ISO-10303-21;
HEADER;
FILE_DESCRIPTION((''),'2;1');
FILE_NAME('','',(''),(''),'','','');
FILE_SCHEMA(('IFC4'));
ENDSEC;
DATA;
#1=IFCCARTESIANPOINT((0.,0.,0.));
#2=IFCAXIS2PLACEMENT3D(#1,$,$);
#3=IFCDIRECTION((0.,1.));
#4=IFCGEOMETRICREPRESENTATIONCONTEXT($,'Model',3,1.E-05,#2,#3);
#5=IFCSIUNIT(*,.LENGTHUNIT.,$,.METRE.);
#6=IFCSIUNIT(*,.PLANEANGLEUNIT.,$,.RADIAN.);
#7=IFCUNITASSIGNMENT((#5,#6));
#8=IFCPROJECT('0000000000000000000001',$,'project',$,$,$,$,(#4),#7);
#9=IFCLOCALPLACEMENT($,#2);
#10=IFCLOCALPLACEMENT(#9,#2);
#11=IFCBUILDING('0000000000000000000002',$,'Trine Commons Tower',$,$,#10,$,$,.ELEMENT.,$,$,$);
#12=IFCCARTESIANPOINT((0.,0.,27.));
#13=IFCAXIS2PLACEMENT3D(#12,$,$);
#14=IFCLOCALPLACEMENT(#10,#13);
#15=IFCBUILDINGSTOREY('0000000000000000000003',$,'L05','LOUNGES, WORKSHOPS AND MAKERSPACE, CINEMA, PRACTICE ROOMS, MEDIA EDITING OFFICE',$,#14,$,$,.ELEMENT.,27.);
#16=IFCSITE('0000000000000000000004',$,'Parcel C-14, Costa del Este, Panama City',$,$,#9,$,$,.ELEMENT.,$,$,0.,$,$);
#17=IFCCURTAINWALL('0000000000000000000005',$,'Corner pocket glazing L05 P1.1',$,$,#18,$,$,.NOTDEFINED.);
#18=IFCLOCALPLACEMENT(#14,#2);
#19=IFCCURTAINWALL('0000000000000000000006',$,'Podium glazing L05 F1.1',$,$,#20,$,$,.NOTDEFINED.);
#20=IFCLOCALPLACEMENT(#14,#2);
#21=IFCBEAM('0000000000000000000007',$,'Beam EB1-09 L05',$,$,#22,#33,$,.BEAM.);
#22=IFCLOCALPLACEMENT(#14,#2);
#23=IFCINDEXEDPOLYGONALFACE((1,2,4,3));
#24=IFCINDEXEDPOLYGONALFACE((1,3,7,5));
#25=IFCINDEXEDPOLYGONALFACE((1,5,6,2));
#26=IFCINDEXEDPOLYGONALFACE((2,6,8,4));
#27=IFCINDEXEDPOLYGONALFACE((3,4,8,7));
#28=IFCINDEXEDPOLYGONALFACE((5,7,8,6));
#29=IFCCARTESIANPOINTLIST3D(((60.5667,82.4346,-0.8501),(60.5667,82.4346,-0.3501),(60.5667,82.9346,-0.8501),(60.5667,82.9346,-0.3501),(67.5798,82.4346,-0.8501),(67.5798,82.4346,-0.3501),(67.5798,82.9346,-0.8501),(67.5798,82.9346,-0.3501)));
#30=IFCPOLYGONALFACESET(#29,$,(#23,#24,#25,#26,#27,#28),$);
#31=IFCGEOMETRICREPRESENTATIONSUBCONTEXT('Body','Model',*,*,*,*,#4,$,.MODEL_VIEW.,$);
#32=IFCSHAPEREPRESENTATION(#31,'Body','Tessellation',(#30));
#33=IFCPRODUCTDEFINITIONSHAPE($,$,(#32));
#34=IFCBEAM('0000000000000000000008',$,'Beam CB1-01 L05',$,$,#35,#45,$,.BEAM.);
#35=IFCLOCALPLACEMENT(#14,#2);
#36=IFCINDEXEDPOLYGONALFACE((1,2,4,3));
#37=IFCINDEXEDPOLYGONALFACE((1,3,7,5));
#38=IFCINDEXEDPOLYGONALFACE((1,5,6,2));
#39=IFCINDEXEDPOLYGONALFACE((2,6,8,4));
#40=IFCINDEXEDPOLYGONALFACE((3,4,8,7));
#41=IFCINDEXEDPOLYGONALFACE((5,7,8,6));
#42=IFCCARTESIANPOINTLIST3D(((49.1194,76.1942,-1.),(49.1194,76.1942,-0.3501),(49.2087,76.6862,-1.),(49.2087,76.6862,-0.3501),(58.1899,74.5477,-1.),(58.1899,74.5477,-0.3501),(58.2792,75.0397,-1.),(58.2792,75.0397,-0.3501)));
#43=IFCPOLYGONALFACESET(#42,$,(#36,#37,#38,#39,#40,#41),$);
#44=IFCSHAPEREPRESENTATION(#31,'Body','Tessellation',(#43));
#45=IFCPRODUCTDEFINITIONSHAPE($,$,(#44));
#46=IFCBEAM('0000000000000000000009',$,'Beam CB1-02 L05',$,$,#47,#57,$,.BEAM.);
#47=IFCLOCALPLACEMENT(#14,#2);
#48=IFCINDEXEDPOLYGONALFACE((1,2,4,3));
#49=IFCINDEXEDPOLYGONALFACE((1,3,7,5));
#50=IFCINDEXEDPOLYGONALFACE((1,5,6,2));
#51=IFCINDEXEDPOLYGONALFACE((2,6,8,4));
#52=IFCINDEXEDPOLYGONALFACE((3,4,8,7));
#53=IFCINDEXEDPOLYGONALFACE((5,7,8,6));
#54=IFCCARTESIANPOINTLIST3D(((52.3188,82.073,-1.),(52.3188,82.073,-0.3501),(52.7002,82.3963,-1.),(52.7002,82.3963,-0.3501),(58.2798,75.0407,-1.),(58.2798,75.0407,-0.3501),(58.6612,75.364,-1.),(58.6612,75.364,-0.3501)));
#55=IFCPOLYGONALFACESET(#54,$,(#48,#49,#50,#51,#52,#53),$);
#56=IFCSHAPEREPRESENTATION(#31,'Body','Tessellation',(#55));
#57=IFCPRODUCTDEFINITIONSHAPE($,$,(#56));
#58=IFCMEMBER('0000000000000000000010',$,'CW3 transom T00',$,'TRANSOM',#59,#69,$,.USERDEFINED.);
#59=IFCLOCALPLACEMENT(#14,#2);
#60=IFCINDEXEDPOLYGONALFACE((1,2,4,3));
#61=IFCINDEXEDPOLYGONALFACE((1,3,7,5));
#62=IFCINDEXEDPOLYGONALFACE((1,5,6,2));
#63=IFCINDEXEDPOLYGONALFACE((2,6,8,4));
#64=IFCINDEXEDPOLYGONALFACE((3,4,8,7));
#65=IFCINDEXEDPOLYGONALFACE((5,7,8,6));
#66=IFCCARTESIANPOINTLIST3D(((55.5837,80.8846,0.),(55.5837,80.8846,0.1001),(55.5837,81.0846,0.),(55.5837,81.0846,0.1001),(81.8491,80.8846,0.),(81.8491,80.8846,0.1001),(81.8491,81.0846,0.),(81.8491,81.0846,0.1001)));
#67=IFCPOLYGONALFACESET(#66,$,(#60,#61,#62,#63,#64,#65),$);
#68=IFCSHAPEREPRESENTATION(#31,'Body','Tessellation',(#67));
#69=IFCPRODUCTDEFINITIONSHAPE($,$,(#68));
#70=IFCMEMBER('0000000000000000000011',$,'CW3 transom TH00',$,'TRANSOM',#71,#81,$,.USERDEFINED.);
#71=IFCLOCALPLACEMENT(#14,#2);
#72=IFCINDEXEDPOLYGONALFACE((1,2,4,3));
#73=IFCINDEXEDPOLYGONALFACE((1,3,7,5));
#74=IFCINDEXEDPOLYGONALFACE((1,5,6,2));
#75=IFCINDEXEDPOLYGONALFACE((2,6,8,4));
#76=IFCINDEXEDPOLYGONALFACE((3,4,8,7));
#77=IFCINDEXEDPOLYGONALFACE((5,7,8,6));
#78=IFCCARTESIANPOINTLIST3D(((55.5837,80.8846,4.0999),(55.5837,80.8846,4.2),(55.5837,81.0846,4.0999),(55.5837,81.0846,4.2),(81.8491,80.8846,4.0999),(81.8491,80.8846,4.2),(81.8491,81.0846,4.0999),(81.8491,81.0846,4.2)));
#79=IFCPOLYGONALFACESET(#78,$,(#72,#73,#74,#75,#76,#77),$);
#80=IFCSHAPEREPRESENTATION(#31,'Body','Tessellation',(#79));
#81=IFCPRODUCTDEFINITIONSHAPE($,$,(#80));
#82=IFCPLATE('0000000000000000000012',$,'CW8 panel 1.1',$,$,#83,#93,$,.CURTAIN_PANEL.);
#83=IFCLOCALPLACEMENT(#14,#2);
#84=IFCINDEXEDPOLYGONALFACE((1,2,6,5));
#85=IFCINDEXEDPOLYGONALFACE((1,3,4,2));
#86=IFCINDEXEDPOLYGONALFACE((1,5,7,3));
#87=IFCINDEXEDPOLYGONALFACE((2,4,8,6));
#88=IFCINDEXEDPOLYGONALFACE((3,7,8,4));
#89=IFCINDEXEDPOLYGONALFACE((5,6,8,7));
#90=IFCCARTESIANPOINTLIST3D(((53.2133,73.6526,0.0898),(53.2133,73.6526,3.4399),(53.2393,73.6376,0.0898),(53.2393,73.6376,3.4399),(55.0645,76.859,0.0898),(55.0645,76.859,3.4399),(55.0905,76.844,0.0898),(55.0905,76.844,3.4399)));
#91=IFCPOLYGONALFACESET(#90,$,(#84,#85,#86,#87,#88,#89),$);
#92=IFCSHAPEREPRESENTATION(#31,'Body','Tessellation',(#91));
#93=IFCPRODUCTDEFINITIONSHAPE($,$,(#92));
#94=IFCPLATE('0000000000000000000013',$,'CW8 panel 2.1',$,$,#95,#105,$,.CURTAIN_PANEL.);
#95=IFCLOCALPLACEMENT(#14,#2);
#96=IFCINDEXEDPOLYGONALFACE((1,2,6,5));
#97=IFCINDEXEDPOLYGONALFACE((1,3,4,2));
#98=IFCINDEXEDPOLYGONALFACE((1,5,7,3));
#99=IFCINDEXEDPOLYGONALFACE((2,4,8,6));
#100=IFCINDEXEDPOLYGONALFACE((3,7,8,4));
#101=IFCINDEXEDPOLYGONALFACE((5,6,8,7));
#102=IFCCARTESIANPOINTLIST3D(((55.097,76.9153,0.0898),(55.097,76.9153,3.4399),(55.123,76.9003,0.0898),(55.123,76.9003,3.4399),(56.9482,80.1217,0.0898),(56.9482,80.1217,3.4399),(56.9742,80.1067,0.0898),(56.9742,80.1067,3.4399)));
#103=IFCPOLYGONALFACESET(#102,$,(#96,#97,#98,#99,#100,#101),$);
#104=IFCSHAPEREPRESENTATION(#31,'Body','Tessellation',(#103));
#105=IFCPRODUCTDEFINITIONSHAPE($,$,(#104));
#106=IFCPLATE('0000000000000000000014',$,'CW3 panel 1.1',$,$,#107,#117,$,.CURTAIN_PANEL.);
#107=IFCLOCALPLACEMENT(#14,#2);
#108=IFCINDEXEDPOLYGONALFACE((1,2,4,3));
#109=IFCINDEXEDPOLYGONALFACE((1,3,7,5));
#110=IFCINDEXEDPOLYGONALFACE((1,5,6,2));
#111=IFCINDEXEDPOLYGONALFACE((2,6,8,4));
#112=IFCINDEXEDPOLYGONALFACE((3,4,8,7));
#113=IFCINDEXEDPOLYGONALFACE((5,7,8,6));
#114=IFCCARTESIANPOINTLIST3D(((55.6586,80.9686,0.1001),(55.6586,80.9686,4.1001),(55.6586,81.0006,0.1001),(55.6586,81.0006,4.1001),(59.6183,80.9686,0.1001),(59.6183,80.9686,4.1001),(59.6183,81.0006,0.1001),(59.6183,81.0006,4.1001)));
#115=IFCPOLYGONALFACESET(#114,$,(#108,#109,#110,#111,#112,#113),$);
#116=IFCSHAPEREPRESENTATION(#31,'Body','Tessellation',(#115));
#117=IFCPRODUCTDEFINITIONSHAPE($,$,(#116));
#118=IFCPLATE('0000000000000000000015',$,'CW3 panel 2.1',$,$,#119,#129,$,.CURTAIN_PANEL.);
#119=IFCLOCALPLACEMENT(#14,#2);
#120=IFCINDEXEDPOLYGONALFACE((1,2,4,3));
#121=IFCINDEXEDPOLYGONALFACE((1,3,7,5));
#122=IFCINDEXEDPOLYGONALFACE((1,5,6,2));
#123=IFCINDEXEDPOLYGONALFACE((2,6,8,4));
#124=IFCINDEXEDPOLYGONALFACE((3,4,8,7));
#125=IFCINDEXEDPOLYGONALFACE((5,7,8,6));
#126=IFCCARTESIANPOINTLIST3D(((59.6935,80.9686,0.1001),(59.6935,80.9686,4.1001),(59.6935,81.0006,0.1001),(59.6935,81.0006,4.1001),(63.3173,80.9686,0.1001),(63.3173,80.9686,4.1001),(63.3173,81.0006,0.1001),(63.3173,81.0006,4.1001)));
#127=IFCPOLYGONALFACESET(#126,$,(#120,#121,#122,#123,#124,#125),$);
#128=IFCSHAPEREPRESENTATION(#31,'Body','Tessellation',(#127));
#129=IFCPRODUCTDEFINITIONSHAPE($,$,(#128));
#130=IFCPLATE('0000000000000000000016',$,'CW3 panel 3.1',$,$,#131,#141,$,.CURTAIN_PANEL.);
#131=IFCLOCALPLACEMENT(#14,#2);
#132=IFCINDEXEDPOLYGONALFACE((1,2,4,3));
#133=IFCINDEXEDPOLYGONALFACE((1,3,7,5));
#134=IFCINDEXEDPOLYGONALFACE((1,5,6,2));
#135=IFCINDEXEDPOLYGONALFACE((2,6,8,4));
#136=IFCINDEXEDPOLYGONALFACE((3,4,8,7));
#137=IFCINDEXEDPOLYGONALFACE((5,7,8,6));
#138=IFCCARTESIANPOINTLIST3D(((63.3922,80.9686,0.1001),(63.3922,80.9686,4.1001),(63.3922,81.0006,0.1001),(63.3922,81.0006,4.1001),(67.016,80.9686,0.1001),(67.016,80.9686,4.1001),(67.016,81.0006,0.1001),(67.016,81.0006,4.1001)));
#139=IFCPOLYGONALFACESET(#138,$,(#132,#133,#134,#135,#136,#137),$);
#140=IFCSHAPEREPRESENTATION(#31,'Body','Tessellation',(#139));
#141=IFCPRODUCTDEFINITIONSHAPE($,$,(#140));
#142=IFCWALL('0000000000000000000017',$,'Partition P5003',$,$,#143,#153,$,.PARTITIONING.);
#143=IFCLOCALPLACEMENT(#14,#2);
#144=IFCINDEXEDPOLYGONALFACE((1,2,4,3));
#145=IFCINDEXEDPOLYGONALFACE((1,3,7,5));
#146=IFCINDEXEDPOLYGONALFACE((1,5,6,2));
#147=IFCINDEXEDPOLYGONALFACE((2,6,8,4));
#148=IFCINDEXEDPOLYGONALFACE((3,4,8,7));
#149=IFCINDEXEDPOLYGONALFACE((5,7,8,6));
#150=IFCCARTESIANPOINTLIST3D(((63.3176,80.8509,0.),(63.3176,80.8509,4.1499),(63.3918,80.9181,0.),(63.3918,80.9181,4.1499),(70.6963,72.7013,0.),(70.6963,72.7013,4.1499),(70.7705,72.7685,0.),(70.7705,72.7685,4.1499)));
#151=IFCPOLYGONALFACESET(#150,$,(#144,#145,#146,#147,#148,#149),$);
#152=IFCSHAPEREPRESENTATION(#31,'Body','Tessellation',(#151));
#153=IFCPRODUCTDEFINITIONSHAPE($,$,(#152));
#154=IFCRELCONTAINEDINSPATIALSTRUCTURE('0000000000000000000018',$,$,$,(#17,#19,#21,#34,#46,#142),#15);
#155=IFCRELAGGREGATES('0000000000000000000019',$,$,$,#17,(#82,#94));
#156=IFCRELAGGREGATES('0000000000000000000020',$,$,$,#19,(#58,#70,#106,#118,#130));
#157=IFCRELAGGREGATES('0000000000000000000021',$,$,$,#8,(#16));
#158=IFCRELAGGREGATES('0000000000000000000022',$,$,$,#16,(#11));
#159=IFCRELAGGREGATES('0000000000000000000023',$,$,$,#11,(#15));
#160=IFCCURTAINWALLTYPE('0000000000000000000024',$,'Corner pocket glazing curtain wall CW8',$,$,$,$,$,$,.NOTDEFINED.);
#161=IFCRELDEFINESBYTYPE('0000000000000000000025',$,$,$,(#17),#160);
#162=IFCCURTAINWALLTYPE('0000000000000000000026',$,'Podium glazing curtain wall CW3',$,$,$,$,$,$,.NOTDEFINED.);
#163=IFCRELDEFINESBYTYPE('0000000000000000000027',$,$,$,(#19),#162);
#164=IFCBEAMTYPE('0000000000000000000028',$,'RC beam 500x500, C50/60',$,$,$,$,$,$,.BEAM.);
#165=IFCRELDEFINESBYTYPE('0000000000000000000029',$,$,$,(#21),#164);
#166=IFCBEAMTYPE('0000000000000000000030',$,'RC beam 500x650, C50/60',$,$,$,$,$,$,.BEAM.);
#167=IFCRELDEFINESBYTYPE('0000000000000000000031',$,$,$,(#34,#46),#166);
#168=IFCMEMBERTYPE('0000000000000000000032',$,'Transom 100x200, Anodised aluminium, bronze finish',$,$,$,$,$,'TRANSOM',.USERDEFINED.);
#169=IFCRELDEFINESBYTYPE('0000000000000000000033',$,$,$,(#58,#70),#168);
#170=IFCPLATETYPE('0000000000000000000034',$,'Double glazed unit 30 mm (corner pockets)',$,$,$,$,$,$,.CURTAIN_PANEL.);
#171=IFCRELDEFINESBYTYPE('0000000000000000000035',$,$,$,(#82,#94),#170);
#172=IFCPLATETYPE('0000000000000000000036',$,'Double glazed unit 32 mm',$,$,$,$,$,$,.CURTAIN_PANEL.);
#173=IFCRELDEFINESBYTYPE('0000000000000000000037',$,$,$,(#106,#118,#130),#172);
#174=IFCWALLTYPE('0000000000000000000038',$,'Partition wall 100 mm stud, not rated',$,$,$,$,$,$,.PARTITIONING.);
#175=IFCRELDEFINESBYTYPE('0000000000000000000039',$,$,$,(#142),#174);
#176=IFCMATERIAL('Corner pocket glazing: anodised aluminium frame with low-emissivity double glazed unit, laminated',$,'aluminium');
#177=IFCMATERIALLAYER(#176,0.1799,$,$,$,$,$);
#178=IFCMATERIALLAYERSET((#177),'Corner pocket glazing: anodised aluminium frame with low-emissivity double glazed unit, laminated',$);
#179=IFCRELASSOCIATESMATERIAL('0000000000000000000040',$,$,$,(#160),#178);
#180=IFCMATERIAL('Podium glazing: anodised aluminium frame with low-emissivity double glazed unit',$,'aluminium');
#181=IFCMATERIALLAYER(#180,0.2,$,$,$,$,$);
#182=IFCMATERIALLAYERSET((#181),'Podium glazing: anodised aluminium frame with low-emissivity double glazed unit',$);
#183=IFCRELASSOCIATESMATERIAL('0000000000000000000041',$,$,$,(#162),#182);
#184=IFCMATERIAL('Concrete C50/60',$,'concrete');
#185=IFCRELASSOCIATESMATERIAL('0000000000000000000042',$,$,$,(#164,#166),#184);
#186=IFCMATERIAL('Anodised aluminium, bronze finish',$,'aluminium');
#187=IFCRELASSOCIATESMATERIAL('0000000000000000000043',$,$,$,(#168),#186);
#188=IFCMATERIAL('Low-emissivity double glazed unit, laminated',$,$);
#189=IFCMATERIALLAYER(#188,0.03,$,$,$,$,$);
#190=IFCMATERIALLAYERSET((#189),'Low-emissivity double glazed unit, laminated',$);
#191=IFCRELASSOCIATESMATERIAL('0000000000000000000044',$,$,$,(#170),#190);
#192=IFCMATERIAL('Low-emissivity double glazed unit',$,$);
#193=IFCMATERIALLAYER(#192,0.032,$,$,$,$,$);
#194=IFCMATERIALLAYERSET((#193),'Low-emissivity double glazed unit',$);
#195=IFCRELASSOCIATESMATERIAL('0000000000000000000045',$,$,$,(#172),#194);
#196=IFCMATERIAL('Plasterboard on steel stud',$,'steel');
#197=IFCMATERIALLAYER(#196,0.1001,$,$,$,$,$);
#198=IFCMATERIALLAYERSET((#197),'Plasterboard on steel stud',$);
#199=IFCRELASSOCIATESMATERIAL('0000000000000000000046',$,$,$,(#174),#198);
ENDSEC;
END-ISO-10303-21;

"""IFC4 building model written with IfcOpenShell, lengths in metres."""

from ifc_helpers import new_model, si_unit, direction, frame, frame_2d, origin, origin_2d, place, context, subcontext, project, spatial, rectangle, extrude, material, layer, layer_set, material_profile, profile_set, type_object, element, aggregate, save


model = new_model("IFC4")

# Units and contexts
model_context = context("Model", 3, precision=1e-05, world=origin(), true_north=direction((0.0, 1.0)))
body_context = subcontext(model_context, "Body", "Model", "MODEL_VIEW")
ifc_project = project(units=[si_unit("LENGTHUNIT", "METRE"), si_unit("PLANEANGLEUNIT", "RADIAN")], contexts=[model_context])

# Site, building, storey
site_placement = place(None, origin())
site = spatial("IfcSite", under=ifc_project, at=site_placement, Name="Parcel C-14, Costa del Este, Panama City", CompositionType="ELEMENT", RefElevation=0.0)
building_placement = place(site_placement, origin())
building = spatial("IfcBuilding", under=site, at=building_placement, Name="Trine Commons Tower", CompositionType="ELEMENT")
storey_placement = place(building_placement, frame((0.0, 0.0, 27.0)))
storey = spatial("IfcBuildingStorey", under=building, at=storey_placement, Name="L05", Description="LOUNGES, WORKSHOPS AND MAKERSPACE, CINEMA, PRACTICE ROOMS, MEDIA EDITING OFFICE", CompositionType="ELEMENT", Elevation=27.0)

# Curtain walls
ifc_material_1 = material(Name="Corner pocket glazing: anodised aluminium frame with low-emissivity double glazed unit, laminated", Category="aluminium")
ifc_layer_1 = layer(ifc_material_1, 0.1799)
ifc_layer_set_1 = layer_set([ifc_layer_1], Name="Corner pocket glazing: anodised aluminium frame with low-emissivity double glazed unit, laminated")
curtain_wall_type_1 = type_object("IfcCurtainWallType", Name="Corner pocket glazing curtain wall CW8", PredefinedType="NOTDEFINED", material=ifc_layer_set_1)
curtain_wall_1_placement = place(storey_placement, origin())
curtain_wall_1 = element("IfcCurtainWall", 1, at=curtain_wall_1_placement, inside=storey, type_object=curtain_wall_type_1, Name="Corner pocket glazing L05 P1.1", PredefinedType="NOTDEFINED")
ifc_material_2 = material(Name="Anodised aluminium, bronze finish", Category="aluminium")
ifc_material_3 = material(Name="Podium glazing: anodised aluminium frame with low-emissivity double glazed unit", Category="aluminium")
ifc_layer_2 = layer(ifc_material_3, 0.2)
ifc_layer_set_2 = layer_set([ifc_layer_2], Name="Podium glazing: anodised aluminium frame with low-emissivity double glazed unit")
curtain_wall_type_2 = type_object("IfcCurtainWallType", Name="Podium glazing curtain wall CW3", PredefinedType="NOTDEFINED", material=ifc_layer_set_2)
curtain_wall_2_placement = place(storey_placement, origin())
curtain_wall_2 = element("IfcCurtainWall", 2, at=curtain_wall_2_placement, inside=storey, type_object=curtain_wall_type_2, Name="Podium glazing L05 F1.1", PredefinedType="NOTDEFINED")

# Beams
ifc_material_4 = material(Name="Concrete C50/60", Category="concrete")
ifc_material_profile_1 = material_profile(ifc_material_4, rectangle(XDim=0.5, YDim=0.5, at=origin_2d()), Name="RC 500x500")
ifc_profile_set_1 = profile_set([ifc_material_profile_1], Name="Concrete C50/60")
beam_type_1 = type_object("IfcBeamType", Name="RC beam 500x500, C50/60", PredefinedType="BEAM", material=ifc_profile_set_1)
beam_1_placement = place(storey_placement, frame((60.5667, 82.6846, -0.6001), z_axis=(1.0, 0.0, 0.0), x_axis=(0.0, 1.0, 0.0)))
element("IfcBeam", 3, at=beam_1_placement, inside=storey, type_object=beam_type_1, Name="Beam EB1-09 L05", PredefinedType="BEAM", context=body_context, shape_type="SweptSolid", body=[
    extrude(rectangle(XDim=0.5, YDim=0.5, at=origin_2d()), origin(), (0.0, 0.0, 1.0), 7.0132),
])
ifc_material_profile_2 = material_profile(ifc_material_4, rectangle(XDim=0.5, YDim=0.6499, at=origin_2d()), Name="RC 500x650")
ifc_profile_set_2 = profile_set([ifc_material_profile_2], Name="Concrete C50/60")
beam_type_2 = type_object("IfcBeamType", Name="RC beam 500x650, C50/60", PredefinedType="BEAM", material=ifc_profile_set_2)
for number, where, z_axis, x_axis, name in (
    (4, (49.1641, 76.4402, -0.675), (0.983922, -0.178601, 0.0), (0.178601, 0.983922, 0.0), "Beam CB1-01 L05"),
    (5, (52.5095, 82.2346, -0.675), (0.646612, -0.762819, 0.0), (0.762819, 0.646612, 0.0), "Beam CB1-02 L05"),
):
    element("IfcBeam", number, at=place(storey_placement, frame(where, z_axis=z_axis, x_axis=x_axis)), inside=storey, type_object=beam_type_2, Name=name, PredefinedType="BEAM", context=body_context, shape_type="SweptSolid", body=[
        extrude(rectangle(XDim=0.5, YDim=0.6499, at=origin_2d()), origin(), (0.0, 0.0, 1.0), 9.2188),
    ])

# Members
ifc_material_profile_3 = material_profile(ifc_material_2, rectangle(XDim=0.2, YDim=0.1001, at=origin_2d()), Name="Transom 100x200")
ifc_profile_set_3 = profile_set([ifc_material_profile_3], Name="Anodised aluminium, bronze finish")
member_type_1 = type_object("IfcMemberType", Name="Transom 100x200, Anodised aluminium, bronze finish", ElementType="TRANSOM", PredefinedType="USERDEFINED", material=ifc_profile_set_3)
member_1_placement = place(storey_placement, frame((55.5837, 80.9846, 0.05), z_axis=(1.0, 0.0, 0.0), x_axis=(0.0, 1.0, 0.0)))
member_1 = element("IfcMember", 6, at=member_1_placement, type_object=member_type_1, Name="CW3 transom T00", ObjectType="TRANSOM", PredefinedType="USERDEFINED", context=body_context, shape_type="SweptSolid", body=[
    extrude(rectangle(XDim=0.2, YDim=0.1001, at=origin_2d()), origin(), (0.0, 0.0, 1.0), 26.2654),
])
member_2_placement = place(storey_placement, frame((55.5837, 80.9846, 4.1499), z_axis=(1.0, 0.0, 0.0), x_axis=(0.0, 1.0, 0.0)))
member_2 = element("IfcMember", 7, at=member_2_placement, type_object=member_type_1, Name="CW3 transom TH00", ObjectType="TRANSOM", PredefinedType="USERDEFINED", context=body_context, shape_type="SweptSolid", body=[
    extrude(rectangle(XDim=0.2, YDim=0.1001, at=origin_2d()), origin(), (0.0, 0.0, 1.0), 26.2654),
])

# Plates
ifc_material_5 = material(Name="Low-emissivity double glazed unit, laminated")
ifc_layer_3 = layer(ifc_material_5, 0.03)
ifc_layer_set_3 = layer_set([ifc_layer_3], Name="Low-emissivity double glazed unit, laminated")
plate_type_1 = type_object("IfcPlateType", Name="Double glazed unit 30 mm (corner pockets)", PredefinedType="CURTAIN_PANEL", material=ifc_layer_set_3)
plate_1_placement = place(storey_placement, frame((54.1519, 75.2483, 0.0898), z_axis=(0.0, 0.0, 1.0), x_axis=(0.5, 0.866025, 0.0)))
plate_1 = element("IfcPlate", 8, at=plate_1_placement, type_object=plate_type_1, Name="CW8 panel 1.1", PredefinedType="CURTAIN_PANEL", context=body_context, shape_type="SweptSolid", body=[
    extrude(rectangle(XDim=3.7024, YDim=0.03, at=origin_2d()), origin(), (0.0, 0.0, 1.0), 3.3501),
])
plate_2_placement = place(storey_placement, frame((56.0356, 78.511, 0.0898), z_axis=(0.0, 0.0, 1.0), x_axis=(0.5, 0.866025, 0.0)))
plate_2 = element("IfcPlate", 9, at=plate_2_placement, type_object=plate_type_1, Name="CW8 panel 2.1", PredefinedType="CURTAIN_PANEL", context=body_context, shape_type="SweptSolid", body=[
    extrude(rectangle(XDim=3.7024, YDim=0.03, at=origin_2d()), origin(), (0.0, 0.0, 1.0), 3.3501),
])
aggregate(curtain_wall_1, [plate_1, plate_2])
ifc_material_6 = material(Name="Low-emissivity double glazed unit")
ifc_layer_4 = layer(ifc_material_6, 0.032)
ifc_layer_set_4 = layer_set([ifc_layer_4], Name="Low-emissivity double glazed unit")
plate_type_2 = type_object("IfcPlateType", Name="Double glazed unit 32 mm", PredefinedType="CURTAIN_PANEL", material=ifc_layer_set_4)
plate_3_placement = place(storey_placement, frame((57.6384, 80.9846, 0.1001), z_axis=(0.0, 0.0, 1.0), x_axis=(1.0, 0.0, 0.0)))
plate_3 = element("IfcPlate", 10, at=plate_3_placement, type_object=plate_type_2, Name="CW3 panel 1.1", PredefinedType="CURTAIN_PANEL", context=body_context, shape_type="SweptSolid", body=[
    extrude(rectangle(XDim=3.9597, YDim=0.032, at=origin_2d()), origin(), (0.0, 0.0, 1.0), 4.0),
])
plate_4_placement = place(storey_placement, frame((61.5054, 80.9846, 0.1001), z_axis=(0.0, 0.0, 1.0), x_axis=(1.0, 0.0, 0.0)))
plate_4 = element("IfcPlate", 11, at=plate_4_placement, type_object=plate_type_2, Name="CW3 panel 2.1", PredefinedType="CURTAIN_PANEL", context=body_context, shape_type="SweptSolid", body=[
    extrude(rectangle(XDim=3.6238, YDim=0.032, at=origin_2d()), origin(), (0.0, 0.0, 1.0), 4.0),
])
plate_5_placement = place(storey_placement, frame((65.2041, 80.9846, 0.1001), z_axis=(0.0, 0.0, 1.0), x_axis=(1.0, 0.0, 0.0)))
plate_5 = element("IfcPlate", 12, at=plate_5_placement, type_object=plate_type_2, Name="CW3 panel 3.1", PredefinedType="CURTAIN_PANEL", context=body_context, shape_type="SweptSolid", body=[
    extrude(rectangle(XDim=3.6238, YDim=0.032, at=origin_2d()), origin(), (0.0, 0.0, 1.0), 4.0),
])
aggregate(curtain_wall_2, [member_1, member_2, plate_3, plate_4, plate_5])

# Wall
ifc_material_7 = material(Name="Plasterboard on steel stud", Category="steel")
ifc_layer_5 = layer(ifc_material_7, 0.1001)
ifc_layer_set_5 = layer_set([ifc_layer_5], Name="Plasterboard on steel stud")
wall_type_1 = type_object("IfcWallType", Name="Partition wall 100 mm stud, not rated", PredefinedType="PARTITIONING", material=ifc_layer_set_5)
wall_1_placement = place(storey_placement, frame((63.3547, 80.8845, 0.0), z_axis=(0.0, 0.0, 1.0), x_axis=(0.671171, -0.741302, 0.0)))
element("IfcWall", 13, at=wall_1_placement, inside=storey, type_object=wall_type_1, Name="Partition P5003", PredefinedType="PARTITIONING", context=body_context, shape_type="SweptSolid", body=[
    extrude(rectangle(XDim=10.9937, YDim=0.1001, at=frame_2d((5.4968, 0.0))), origin(), (0.0, 0.0, 1.0), 4.1499),
])

save(model, "model.ifc")
